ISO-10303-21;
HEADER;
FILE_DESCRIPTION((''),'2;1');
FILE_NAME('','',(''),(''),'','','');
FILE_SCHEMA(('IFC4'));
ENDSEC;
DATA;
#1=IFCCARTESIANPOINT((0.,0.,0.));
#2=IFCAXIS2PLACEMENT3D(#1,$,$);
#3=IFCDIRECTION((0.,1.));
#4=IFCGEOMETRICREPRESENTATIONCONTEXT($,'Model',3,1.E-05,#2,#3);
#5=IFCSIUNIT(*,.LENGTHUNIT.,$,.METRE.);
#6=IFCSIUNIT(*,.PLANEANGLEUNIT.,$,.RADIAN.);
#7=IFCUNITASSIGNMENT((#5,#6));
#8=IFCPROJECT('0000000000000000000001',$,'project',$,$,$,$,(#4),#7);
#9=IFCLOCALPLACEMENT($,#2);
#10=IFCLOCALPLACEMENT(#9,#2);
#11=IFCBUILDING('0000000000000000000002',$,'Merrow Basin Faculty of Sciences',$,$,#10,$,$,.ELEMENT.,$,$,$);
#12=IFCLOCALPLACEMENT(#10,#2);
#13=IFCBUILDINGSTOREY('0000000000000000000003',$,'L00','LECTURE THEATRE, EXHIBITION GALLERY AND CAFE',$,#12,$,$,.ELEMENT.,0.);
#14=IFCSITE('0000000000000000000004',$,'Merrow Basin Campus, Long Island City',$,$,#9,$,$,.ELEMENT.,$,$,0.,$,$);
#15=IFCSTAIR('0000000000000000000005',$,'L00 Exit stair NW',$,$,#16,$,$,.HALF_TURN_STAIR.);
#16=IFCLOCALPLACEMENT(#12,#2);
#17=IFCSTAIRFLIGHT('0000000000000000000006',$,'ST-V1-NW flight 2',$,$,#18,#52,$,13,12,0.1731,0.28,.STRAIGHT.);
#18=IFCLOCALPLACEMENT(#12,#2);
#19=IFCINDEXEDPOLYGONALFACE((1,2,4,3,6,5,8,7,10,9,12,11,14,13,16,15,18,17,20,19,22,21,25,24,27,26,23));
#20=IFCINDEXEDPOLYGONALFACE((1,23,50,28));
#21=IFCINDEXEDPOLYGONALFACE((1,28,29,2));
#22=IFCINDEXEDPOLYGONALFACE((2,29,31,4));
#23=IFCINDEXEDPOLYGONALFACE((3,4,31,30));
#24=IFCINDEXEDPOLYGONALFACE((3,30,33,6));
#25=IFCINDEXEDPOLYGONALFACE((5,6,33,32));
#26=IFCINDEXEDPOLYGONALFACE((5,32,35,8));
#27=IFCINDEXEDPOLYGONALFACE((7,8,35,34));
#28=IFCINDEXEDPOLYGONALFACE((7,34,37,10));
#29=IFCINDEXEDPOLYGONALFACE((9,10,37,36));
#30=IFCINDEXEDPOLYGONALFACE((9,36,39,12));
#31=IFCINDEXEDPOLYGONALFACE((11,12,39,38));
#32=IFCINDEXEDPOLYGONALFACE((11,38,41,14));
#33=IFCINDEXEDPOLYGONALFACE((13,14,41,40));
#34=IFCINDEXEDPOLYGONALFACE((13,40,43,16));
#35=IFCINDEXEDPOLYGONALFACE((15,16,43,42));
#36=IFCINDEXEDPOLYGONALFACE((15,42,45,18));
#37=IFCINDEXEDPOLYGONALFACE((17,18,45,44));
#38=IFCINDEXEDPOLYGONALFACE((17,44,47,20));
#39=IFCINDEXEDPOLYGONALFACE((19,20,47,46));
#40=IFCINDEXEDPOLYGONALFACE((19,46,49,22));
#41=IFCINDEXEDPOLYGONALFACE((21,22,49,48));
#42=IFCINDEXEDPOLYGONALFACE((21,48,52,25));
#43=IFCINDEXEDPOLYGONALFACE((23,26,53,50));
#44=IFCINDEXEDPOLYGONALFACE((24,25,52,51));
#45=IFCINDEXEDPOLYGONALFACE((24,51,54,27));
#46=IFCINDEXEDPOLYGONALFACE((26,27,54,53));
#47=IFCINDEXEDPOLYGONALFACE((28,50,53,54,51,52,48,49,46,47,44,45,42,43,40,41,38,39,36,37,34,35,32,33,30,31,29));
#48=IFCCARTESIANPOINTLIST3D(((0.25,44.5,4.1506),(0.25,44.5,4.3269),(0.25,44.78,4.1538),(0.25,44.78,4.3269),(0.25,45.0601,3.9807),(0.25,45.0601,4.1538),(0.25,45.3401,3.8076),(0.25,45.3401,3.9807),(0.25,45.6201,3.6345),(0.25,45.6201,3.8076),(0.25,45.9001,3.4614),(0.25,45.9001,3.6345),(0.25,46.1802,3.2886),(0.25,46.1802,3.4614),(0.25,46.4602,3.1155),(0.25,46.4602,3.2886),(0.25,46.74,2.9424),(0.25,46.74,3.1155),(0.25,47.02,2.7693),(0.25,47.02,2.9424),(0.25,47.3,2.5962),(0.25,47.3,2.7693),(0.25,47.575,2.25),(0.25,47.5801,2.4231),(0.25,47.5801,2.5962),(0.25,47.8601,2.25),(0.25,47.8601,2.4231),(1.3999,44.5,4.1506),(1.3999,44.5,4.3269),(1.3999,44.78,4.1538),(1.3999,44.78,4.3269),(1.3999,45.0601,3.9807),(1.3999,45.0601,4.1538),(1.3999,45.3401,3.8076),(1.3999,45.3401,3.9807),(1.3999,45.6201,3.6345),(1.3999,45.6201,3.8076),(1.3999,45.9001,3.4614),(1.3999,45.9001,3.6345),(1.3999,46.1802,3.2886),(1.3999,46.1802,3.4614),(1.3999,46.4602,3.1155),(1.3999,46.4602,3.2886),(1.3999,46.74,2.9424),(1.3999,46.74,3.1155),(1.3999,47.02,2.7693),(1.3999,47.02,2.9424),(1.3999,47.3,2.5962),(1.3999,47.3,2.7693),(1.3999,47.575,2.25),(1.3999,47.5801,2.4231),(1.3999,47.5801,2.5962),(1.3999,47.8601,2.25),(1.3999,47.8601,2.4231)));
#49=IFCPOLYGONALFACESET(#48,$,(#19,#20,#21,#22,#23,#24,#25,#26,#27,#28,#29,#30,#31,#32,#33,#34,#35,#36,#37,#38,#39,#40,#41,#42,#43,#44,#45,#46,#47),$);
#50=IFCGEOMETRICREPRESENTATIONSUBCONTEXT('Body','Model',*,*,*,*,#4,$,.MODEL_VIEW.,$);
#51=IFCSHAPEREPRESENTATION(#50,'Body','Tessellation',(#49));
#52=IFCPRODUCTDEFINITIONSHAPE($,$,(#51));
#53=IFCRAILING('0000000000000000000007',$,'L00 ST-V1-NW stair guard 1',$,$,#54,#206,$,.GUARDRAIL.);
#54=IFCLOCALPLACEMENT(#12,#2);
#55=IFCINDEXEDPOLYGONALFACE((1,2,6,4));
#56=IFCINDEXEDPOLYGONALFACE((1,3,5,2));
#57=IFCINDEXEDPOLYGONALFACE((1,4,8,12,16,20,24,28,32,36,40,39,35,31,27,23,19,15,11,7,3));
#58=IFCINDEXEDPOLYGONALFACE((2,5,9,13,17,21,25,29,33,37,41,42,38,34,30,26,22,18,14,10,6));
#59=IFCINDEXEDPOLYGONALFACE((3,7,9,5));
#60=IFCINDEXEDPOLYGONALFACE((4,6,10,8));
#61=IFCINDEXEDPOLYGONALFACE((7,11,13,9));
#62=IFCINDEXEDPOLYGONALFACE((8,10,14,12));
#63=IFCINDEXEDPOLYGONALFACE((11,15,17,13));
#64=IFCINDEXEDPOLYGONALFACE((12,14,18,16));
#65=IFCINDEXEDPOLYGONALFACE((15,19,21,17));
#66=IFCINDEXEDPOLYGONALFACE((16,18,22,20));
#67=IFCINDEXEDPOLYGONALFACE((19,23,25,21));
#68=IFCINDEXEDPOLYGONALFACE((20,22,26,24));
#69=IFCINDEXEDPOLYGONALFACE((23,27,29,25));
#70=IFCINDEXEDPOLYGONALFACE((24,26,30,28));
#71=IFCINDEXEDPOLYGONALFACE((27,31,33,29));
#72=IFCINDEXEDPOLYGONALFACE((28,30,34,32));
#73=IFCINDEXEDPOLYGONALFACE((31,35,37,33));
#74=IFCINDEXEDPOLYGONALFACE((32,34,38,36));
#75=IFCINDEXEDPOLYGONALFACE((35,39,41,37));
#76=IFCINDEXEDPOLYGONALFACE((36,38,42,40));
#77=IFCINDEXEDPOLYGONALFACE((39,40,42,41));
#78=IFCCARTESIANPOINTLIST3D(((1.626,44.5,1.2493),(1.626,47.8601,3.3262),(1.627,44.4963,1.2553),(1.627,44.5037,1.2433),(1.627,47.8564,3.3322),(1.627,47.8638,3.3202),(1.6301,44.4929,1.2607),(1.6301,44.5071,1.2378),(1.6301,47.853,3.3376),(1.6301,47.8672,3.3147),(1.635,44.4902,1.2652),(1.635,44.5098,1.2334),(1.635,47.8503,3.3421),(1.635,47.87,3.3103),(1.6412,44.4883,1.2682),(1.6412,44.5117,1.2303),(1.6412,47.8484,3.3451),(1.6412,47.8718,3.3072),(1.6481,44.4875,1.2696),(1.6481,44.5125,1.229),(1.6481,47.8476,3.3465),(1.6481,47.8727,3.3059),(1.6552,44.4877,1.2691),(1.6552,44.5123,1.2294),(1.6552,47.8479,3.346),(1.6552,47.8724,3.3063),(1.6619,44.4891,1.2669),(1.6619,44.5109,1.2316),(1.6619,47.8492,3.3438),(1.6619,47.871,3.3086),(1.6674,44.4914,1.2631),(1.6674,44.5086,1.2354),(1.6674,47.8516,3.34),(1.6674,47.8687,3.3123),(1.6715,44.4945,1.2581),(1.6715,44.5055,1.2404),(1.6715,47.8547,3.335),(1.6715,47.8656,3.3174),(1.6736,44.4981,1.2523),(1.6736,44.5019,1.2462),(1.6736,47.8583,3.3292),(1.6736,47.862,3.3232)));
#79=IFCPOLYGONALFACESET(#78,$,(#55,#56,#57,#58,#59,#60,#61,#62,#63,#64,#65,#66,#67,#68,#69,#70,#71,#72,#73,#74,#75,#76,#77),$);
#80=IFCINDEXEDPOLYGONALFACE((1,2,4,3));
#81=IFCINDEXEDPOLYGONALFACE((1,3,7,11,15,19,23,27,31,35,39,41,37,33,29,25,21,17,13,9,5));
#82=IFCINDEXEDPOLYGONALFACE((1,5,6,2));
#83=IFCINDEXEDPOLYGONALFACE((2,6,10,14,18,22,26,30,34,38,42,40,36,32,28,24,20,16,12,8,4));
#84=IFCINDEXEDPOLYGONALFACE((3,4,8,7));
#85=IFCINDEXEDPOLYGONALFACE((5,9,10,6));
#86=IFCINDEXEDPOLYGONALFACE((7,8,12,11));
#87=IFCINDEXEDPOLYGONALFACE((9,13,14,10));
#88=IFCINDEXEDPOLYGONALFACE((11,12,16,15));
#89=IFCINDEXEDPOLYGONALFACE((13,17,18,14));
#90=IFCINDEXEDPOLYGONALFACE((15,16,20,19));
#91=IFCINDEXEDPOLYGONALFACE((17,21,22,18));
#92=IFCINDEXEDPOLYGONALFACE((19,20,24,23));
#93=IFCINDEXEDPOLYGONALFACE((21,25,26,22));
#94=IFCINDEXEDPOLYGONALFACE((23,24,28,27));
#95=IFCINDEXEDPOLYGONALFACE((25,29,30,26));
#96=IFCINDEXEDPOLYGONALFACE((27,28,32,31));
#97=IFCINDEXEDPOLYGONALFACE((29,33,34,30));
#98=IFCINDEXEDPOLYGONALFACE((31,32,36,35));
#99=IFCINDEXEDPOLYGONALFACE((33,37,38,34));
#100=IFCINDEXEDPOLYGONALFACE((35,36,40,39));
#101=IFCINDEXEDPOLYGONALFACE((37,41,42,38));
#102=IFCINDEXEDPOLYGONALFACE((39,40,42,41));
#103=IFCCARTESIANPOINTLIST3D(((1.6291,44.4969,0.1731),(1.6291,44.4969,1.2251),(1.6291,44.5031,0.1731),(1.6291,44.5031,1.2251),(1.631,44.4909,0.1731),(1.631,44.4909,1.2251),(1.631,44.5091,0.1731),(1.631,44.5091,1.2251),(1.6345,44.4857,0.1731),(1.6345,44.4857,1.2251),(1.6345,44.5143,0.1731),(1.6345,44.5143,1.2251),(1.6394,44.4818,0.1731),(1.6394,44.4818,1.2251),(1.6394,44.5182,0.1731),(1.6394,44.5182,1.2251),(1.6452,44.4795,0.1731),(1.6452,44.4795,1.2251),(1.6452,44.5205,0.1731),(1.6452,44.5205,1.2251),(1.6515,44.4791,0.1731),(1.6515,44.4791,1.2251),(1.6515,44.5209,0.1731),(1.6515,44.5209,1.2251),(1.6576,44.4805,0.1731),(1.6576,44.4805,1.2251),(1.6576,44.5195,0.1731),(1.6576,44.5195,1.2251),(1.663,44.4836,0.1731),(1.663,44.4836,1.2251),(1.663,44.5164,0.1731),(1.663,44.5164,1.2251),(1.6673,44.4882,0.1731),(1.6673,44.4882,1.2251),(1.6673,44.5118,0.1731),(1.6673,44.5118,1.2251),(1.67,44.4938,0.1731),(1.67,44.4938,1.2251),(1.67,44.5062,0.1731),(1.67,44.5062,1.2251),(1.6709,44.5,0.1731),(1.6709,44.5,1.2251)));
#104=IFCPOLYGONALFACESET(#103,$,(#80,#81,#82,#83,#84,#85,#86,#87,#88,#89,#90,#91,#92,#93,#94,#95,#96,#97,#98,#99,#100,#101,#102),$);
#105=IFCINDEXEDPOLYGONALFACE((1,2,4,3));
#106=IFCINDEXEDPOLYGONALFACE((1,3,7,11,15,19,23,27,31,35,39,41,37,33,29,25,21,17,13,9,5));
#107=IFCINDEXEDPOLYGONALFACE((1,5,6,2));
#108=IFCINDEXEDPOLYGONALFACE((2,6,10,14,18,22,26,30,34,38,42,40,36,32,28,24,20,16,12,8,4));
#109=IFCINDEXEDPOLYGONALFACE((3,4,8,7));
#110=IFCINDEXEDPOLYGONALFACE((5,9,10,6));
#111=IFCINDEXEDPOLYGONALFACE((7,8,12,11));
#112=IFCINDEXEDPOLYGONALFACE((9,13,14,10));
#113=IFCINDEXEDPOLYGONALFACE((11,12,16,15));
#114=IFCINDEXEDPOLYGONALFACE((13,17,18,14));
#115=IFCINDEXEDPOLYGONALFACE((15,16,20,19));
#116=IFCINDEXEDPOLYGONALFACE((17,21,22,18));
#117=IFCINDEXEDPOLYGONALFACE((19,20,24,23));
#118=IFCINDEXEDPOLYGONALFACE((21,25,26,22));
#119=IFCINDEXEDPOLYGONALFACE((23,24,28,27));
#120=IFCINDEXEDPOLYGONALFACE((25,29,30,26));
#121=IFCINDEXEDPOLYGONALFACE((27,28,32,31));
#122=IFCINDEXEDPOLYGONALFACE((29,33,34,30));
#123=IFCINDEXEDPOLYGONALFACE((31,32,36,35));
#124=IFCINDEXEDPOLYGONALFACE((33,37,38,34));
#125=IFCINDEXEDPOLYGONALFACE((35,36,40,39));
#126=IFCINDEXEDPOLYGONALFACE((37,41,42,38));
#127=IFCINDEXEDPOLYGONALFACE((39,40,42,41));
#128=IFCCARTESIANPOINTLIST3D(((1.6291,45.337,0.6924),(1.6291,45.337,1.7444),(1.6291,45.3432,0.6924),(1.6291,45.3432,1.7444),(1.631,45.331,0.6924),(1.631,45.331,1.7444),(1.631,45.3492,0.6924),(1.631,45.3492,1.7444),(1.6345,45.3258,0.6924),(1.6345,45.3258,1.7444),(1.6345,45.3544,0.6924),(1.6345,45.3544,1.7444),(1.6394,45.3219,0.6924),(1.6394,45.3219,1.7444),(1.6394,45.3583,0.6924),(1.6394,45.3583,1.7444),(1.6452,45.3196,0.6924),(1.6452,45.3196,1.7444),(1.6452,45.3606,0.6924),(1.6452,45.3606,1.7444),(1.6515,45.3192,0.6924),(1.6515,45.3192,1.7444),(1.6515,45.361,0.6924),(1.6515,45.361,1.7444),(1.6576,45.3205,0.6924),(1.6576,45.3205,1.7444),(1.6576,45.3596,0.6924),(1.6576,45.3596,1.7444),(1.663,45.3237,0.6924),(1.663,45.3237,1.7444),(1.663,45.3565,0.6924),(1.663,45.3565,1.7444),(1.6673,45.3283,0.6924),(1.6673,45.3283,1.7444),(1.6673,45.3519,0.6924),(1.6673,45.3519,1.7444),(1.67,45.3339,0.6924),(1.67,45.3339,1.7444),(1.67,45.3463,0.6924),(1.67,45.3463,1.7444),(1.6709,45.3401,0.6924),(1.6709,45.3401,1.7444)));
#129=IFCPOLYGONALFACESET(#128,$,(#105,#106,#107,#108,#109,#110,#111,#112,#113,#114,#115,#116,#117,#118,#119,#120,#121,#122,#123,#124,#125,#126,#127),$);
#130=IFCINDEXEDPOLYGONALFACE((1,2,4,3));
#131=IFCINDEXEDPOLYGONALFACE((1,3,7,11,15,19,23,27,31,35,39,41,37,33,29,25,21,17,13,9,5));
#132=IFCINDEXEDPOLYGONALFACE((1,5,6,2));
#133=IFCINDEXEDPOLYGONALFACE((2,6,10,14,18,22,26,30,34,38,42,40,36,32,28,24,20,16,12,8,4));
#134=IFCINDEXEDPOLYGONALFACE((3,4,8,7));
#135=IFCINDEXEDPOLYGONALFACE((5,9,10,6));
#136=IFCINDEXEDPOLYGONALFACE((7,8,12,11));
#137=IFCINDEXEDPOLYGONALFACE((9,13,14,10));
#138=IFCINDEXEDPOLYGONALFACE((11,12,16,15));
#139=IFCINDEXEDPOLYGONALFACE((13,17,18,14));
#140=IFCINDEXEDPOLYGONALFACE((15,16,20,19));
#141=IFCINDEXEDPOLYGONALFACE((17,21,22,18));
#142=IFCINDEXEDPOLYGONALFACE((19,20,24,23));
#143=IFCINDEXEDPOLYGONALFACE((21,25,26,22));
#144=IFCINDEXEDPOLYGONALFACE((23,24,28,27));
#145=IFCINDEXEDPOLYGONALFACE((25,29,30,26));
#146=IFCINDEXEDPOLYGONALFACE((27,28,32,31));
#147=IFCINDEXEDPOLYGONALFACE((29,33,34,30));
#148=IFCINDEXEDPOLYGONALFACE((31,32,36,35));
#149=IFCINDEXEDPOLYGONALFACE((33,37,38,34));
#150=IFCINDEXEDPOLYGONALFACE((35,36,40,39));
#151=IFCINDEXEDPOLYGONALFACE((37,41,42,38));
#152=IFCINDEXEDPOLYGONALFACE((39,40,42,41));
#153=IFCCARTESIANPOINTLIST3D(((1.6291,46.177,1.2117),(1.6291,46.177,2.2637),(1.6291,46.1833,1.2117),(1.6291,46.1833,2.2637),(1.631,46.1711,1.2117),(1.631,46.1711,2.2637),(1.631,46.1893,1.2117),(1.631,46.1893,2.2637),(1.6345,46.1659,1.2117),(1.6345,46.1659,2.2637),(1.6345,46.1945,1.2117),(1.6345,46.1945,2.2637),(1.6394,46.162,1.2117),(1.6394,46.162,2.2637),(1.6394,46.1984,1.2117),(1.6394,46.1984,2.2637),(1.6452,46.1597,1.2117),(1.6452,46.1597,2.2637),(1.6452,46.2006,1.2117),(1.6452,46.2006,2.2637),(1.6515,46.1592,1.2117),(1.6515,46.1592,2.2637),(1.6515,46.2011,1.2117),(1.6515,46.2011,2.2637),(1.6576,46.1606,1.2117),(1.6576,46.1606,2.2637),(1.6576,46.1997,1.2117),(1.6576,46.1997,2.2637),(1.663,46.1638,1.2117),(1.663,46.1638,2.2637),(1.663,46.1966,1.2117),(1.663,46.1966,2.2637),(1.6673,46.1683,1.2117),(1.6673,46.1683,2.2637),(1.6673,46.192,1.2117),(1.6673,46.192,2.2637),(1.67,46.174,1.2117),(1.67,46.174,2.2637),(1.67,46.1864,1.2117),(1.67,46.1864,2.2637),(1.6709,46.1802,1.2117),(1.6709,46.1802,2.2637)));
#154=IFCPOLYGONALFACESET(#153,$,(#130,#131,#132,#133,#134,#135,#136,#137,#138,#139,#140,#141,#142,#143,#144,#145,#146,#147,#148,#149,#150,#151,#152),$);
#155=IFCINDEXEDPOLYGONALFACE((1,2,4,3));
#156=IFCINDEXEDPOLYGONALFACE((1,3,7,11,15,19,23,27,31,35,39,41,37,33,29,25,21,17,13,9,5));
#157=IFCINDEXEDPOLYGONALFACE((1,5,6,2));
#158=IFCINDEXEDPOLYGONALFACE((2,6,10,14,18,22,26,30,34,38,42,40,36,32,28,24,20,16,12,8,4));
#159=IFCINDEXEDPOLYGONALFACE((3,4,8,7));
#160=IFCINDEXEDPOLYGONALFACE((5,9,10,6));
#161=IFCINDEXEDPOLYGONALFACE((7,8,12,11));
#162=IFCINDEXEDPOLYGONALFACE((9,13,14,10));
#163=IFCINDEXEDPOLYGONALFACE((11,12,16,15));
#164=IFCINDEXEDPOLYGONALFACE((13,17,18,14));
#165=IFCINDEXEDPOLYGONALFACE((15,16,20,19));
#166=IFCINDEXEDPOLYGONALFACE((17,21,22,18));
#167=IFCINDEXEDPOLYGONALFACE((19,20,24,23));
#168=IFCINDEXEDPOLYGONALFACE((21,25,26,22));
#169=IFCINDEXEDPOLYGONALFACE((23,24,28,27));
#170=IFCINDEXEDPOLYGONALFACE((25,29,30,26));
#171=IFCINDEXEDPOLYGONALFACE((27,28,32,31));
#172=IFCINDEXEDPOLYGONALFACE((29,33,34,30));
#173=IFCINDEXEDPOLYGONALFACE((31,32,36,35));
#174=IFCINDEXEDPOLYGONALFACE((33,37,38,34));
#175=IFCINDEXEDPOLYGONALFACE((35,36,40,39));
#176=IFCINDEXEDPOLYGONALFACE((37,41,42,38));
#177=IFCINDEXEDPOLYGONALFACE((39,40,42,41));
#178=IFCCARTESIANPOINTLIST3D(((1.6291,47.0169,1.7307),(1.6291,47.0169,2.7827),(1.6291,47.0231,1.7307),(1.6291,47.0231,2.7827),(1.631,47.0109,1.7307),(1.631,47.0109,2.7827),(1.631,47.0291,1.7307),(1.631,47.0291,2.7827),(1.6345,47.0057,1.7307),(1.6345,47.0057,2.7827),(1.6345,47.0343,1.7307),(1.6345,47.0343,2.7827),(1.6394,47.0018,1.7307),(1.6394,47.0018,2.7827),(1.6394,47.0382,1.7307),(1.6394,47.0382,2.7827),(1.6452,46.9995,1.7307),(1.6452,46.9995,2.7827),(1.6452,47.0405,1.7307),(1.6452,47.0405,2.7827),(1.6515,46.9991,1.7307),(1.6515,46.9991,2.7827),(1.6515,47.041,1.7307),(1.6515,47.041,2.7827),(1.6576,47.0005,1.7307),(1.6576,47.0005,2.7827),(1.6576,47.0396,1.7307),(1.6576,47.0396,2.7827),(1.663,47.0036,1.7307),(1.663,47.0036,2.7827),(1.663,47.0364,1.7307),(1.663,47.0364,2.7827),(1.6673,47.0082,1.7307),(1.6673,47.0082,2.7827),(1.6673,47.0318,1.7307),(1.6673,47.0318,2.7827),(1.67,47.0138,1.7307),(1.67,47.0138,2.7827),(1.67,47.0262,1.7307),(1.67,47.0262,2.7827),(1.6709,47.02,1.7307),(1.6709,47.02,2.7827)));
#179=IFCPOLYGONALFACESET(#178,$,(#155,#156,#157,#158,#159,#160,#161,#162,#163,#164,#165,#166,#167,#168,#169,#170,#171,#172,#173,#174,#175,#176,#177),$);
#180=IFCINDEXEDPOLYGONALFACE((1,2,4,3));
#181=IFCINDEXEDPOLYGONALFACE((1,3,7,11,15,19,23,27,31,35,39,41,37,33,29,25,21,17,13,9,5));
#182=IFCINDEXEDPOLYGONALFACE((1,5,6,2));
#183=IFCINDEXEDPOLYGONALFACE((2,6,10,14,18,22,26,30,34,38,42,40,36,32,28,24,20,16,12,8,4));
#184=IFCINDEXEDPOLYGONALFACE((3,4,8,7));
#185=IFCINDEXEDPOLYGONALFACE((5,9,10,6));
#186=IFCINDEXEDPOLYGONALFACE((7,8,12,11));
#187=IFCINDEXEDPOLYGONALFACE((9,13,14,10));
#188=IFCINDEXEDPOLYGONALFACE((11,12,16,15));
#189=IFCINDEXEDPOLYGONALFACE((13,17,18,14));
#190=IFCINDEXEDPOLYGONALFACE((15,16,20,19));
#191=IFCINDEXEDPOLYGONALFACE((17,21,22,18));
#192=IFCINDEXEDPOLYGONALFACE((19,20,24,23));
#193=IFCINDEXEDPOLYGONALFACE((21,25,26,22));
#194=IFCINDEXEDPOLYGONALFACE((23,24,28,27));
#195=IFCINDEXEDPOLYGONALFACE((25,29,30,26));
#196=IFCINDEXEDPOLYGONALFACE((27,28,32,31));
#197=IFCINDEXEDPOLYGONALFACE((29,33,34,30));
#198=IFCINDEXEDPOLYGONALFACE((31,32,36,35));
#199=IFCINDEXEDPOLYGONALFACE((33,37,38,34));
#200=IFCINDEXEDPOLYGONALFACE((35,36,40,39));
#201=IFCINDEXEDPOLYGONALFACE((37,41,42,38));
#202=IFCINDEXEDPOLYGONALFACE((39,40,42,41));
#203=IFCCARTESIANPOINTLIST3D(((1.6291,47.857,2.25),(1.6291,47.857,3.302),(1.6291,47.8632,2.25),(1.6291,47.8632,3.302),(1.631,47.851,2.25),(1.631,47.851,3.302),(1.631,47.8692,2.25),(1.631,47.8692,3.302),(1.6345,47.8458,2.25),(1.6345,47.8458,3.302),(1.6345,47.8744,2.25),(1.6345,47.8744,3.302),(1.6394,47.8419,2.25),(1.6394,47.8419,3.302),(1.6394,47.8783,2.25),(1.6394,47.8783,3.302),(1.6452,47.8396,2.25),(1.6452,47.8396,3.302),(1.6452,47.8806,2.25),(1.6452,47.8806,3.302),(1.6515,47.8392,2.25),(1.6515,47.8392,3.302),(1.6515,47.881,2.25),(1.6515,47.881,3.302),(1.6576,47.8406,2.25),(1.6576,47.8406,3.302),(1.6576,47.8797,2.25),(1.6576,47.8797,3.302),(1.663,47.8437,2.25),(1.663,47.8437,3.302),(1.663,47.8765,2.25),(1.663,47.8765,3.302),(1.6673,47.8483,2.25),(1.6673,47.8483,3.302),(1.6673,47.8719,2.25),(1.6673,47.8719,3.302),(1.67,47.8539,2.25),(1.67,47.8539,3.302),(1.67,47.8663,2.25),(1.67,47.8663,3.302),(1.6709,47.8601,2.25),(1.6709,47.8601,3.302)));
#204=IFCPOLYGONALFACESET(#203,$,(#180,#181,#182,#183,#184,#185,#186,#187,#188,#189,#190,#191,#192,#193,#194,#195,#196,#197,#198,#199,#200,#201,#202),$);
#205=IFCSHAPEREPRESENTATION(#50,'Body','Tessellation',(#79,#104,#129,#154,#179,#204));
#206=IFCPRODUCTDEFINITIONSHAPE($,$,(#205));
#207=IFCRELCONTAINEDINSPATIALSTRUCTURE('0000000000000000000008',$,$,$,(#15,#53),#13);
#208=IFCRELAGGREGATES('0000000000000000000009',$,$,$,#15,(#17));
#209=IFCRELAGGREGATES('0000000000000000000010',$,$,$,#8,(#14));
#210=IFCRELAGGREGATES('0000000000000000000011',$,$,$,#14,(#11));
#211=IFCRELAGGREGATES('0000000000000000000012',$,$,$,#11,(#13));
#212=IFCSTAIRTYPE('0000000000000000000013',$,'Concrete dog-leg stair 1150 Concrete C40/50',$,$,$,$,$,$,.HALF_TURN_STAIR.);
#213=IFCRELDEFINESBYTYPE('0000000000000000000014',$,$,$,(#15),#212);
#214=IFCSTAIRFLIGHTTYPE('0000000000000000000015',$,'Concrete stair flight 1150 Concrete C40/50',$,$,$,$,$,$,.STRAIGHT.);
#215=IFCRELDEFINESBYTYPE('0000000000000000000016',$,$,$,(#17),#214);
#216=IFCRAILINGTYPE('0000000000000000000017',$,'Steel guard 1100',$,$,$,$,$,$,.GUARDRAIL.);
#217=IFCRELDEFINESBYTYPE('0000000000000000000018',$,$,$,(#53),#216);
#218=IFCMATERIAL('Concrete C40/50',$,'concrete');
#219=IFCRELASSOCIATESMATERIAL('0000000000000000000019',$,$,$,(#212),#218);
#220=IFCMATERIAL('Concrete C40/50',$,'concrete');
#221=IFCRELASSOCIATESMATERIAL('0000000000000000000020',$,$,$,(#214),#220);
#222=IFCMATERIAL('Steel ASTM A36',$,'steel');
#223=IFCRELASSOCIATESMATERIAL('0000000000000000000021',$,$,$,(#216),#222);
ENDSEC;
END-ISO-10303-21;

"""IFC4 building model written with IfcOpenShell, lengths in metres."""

from ifc_helpers import new_model, si_unit, direction, frame, origin, origin_2d, place, context, subcontext, project, spatial, polyline, circle, outline, extrude, material, type_object, element, aggregate, save


model = new_model("IFC4")

# Units and contexts
model_context = context("Model", 3, precision=1e-05, world=origin(), true_north=direction((0.0, 1.0)))
body_context = subcontext(model_context, "Body", "Model", "MODEL_VIEW")
ifc_project = project(units=[si_unit("LENGTHUNIT", "METRE"), si_unit("PLANEANGLEUNIT", "RADIAN")], contexts=[model_context])

# Site, building, storey
site_placement = place(None, origin())
site = spatial("IfcSite", under=ifc_project, at=site_placement, Name="Merrow Basin Campus, Long Island City", CompositionType="ELEMENT", RefElevation=0.0)
building_placement = place(site_placement, origin())
building = spatial("IfcBuilding", under=site, at=building_placement, Name="Merrow Basin Faculty of Sciences", CompositionType="ELEMENT")
storey_placement = place(building_placement, origin())
storey = spatial("IfcBuildingStorey", under=building, at=storey_placement, Name="L00", Description="LECTURE THEATRE, EXHIBITION GALLERY AND CAFE", CompositionType="ELEMENT", Elevation=0.0)

# Stair, stair flight
ifc_material_1 = material(Name="Concrete C40/50", Category="concrete")
stair_type = type_object("IfcStairType", Name="Concrete dog-leg stair 1150 Concrete C40/50", PredefinedType="HALF_TURN_STAIR", material=ifc_material_1)
stair_placement = place(storey_placement, origin())
stair = element("IfcStair", 1, at=stair_placement, inside=storey, type_object=stair_type, Name="L00 Exit stair NW", PredefinedType="HALF_TURN_STAIR")
ifc_material_2 = material(Name="Concrete C40/50", Category="concrete")
stair_flight_type = type_object("IfcStairFlightType", Name="Concrete stair flight 1150 Concrete C40/50", PredefinedType="STRAIGHT", material=ifc_material_2)
stair_flight_1_placement = place(storey_placement, frame((0.825, 47.8601, 2.25), z_axis=(0.0, 0.0, 1.0), x_axis=(0.0, -1.0, 0.0)))
stair_flight_1 = element("IfcStairFlight", 2, at=stair_flight_1_placement, type_object=stair_flight_type, Name="ST-V1-NW flight 2", NumberOfRisers=13, NumberOfTreads=12, PredefinedType="STRAIGHT", RiserHeight=0.1731, TreadLength=0.28, context=body_context, shape_type="SweptSolid", body=[
    extrude(outline(polyline([(0.0, 0.0), (0.0, 0.1731), (0.28, 0.1731), (0.28, 0.3462), (0.5601, 0.3462), (0.5601, 0.5193), (0.8401, 0.5193), (0.8401, 0.6924), (1.1201, 0.6924), (1.1201, 0.8655), (1.3999, 0.8655), (1.3999, 1.0386), (1.6799, 1.0386), (1.6799, 1.2114), (1.96, 1.2114), (1.96, 1.3845), (2.24, 1.3845), (2.24, 1.5576), (2.52, 1.5576), (2.52, 1.7307), (2.8, 1.7307), (2.8, 1.9038), (3.0801, 1.9038), (3.0801, 2.0769), (3.3601, 2.0769), (3.3601, 2.25), (3.3601, 1.9006), (0.2852, 0.0), (0.0, 0.0)])), frame((0.0, 0.575, 0.0), z_axis=(0.0, -1.0, 0.0), x_axis=(1.0, 0.0, 0.0)), (0.0, 0.0, 1.0), 1.1499),
])
aggregate(stair, [stair_flight_1])

# Railing
ifc_material_3 = material(Name="Steel ASTM A36", Category="steel")
railing_type_1 = type_object("IfcRailingType", Name="Steel guard 1100", PredefinedType="GUARDRAIL", material=ifc_material_3)
railing_1_placement = place(storey_placement, frame((1.6499, 44.5, 0.1731)))
element("IfcRailing", 3, at=railing_1_placement, inside=storey, type_object=railing_type_1, Name="L00 ST-V1-NW stair guard 1", PredefinedType="GUARDRAIL", context=body_context, shape_type="SweptSolid", body=[
    extrude(circle(Radius=0.0239, at=origin_2d()), frame((0.0, 0.0, 1.0762), z_axis=(0.0, 0.850623, 0.525776), x_axis=(-1.0, 0.0, 0.0)), (0.0, 0.0, 1.0), 3.9502),
    extrude(circle(Radius=0.021, at=origin_2d()), origin(), (0.0, 0.0, 1.0), 1.052),
    extrude(circle(Radius=0.021, at=origin_2d()), frame((0.0, 0.8401, 0.5193)), (0.0, 0.0, 1.0), 1.052),
    extrude(circle(Radius=0.021, at=origin_2d()), frame((0.0, 1.6802, 1.0386)), (0.0, 0.0, 1.0), 1.052),
    extrude(circle(Radius=0.021, at=origin_2d()), frame((0.0, 2.52, 1.5576)), (0.0, 0.0, 1.0), 1.052),
    extrude(circle(Radius=0.021, at=origin_2d()), frame((0.0, 3.3601, 2.0769)), (0.0, 0.0, 1.0), 1.052),
])

save(model, "model.ifc")
